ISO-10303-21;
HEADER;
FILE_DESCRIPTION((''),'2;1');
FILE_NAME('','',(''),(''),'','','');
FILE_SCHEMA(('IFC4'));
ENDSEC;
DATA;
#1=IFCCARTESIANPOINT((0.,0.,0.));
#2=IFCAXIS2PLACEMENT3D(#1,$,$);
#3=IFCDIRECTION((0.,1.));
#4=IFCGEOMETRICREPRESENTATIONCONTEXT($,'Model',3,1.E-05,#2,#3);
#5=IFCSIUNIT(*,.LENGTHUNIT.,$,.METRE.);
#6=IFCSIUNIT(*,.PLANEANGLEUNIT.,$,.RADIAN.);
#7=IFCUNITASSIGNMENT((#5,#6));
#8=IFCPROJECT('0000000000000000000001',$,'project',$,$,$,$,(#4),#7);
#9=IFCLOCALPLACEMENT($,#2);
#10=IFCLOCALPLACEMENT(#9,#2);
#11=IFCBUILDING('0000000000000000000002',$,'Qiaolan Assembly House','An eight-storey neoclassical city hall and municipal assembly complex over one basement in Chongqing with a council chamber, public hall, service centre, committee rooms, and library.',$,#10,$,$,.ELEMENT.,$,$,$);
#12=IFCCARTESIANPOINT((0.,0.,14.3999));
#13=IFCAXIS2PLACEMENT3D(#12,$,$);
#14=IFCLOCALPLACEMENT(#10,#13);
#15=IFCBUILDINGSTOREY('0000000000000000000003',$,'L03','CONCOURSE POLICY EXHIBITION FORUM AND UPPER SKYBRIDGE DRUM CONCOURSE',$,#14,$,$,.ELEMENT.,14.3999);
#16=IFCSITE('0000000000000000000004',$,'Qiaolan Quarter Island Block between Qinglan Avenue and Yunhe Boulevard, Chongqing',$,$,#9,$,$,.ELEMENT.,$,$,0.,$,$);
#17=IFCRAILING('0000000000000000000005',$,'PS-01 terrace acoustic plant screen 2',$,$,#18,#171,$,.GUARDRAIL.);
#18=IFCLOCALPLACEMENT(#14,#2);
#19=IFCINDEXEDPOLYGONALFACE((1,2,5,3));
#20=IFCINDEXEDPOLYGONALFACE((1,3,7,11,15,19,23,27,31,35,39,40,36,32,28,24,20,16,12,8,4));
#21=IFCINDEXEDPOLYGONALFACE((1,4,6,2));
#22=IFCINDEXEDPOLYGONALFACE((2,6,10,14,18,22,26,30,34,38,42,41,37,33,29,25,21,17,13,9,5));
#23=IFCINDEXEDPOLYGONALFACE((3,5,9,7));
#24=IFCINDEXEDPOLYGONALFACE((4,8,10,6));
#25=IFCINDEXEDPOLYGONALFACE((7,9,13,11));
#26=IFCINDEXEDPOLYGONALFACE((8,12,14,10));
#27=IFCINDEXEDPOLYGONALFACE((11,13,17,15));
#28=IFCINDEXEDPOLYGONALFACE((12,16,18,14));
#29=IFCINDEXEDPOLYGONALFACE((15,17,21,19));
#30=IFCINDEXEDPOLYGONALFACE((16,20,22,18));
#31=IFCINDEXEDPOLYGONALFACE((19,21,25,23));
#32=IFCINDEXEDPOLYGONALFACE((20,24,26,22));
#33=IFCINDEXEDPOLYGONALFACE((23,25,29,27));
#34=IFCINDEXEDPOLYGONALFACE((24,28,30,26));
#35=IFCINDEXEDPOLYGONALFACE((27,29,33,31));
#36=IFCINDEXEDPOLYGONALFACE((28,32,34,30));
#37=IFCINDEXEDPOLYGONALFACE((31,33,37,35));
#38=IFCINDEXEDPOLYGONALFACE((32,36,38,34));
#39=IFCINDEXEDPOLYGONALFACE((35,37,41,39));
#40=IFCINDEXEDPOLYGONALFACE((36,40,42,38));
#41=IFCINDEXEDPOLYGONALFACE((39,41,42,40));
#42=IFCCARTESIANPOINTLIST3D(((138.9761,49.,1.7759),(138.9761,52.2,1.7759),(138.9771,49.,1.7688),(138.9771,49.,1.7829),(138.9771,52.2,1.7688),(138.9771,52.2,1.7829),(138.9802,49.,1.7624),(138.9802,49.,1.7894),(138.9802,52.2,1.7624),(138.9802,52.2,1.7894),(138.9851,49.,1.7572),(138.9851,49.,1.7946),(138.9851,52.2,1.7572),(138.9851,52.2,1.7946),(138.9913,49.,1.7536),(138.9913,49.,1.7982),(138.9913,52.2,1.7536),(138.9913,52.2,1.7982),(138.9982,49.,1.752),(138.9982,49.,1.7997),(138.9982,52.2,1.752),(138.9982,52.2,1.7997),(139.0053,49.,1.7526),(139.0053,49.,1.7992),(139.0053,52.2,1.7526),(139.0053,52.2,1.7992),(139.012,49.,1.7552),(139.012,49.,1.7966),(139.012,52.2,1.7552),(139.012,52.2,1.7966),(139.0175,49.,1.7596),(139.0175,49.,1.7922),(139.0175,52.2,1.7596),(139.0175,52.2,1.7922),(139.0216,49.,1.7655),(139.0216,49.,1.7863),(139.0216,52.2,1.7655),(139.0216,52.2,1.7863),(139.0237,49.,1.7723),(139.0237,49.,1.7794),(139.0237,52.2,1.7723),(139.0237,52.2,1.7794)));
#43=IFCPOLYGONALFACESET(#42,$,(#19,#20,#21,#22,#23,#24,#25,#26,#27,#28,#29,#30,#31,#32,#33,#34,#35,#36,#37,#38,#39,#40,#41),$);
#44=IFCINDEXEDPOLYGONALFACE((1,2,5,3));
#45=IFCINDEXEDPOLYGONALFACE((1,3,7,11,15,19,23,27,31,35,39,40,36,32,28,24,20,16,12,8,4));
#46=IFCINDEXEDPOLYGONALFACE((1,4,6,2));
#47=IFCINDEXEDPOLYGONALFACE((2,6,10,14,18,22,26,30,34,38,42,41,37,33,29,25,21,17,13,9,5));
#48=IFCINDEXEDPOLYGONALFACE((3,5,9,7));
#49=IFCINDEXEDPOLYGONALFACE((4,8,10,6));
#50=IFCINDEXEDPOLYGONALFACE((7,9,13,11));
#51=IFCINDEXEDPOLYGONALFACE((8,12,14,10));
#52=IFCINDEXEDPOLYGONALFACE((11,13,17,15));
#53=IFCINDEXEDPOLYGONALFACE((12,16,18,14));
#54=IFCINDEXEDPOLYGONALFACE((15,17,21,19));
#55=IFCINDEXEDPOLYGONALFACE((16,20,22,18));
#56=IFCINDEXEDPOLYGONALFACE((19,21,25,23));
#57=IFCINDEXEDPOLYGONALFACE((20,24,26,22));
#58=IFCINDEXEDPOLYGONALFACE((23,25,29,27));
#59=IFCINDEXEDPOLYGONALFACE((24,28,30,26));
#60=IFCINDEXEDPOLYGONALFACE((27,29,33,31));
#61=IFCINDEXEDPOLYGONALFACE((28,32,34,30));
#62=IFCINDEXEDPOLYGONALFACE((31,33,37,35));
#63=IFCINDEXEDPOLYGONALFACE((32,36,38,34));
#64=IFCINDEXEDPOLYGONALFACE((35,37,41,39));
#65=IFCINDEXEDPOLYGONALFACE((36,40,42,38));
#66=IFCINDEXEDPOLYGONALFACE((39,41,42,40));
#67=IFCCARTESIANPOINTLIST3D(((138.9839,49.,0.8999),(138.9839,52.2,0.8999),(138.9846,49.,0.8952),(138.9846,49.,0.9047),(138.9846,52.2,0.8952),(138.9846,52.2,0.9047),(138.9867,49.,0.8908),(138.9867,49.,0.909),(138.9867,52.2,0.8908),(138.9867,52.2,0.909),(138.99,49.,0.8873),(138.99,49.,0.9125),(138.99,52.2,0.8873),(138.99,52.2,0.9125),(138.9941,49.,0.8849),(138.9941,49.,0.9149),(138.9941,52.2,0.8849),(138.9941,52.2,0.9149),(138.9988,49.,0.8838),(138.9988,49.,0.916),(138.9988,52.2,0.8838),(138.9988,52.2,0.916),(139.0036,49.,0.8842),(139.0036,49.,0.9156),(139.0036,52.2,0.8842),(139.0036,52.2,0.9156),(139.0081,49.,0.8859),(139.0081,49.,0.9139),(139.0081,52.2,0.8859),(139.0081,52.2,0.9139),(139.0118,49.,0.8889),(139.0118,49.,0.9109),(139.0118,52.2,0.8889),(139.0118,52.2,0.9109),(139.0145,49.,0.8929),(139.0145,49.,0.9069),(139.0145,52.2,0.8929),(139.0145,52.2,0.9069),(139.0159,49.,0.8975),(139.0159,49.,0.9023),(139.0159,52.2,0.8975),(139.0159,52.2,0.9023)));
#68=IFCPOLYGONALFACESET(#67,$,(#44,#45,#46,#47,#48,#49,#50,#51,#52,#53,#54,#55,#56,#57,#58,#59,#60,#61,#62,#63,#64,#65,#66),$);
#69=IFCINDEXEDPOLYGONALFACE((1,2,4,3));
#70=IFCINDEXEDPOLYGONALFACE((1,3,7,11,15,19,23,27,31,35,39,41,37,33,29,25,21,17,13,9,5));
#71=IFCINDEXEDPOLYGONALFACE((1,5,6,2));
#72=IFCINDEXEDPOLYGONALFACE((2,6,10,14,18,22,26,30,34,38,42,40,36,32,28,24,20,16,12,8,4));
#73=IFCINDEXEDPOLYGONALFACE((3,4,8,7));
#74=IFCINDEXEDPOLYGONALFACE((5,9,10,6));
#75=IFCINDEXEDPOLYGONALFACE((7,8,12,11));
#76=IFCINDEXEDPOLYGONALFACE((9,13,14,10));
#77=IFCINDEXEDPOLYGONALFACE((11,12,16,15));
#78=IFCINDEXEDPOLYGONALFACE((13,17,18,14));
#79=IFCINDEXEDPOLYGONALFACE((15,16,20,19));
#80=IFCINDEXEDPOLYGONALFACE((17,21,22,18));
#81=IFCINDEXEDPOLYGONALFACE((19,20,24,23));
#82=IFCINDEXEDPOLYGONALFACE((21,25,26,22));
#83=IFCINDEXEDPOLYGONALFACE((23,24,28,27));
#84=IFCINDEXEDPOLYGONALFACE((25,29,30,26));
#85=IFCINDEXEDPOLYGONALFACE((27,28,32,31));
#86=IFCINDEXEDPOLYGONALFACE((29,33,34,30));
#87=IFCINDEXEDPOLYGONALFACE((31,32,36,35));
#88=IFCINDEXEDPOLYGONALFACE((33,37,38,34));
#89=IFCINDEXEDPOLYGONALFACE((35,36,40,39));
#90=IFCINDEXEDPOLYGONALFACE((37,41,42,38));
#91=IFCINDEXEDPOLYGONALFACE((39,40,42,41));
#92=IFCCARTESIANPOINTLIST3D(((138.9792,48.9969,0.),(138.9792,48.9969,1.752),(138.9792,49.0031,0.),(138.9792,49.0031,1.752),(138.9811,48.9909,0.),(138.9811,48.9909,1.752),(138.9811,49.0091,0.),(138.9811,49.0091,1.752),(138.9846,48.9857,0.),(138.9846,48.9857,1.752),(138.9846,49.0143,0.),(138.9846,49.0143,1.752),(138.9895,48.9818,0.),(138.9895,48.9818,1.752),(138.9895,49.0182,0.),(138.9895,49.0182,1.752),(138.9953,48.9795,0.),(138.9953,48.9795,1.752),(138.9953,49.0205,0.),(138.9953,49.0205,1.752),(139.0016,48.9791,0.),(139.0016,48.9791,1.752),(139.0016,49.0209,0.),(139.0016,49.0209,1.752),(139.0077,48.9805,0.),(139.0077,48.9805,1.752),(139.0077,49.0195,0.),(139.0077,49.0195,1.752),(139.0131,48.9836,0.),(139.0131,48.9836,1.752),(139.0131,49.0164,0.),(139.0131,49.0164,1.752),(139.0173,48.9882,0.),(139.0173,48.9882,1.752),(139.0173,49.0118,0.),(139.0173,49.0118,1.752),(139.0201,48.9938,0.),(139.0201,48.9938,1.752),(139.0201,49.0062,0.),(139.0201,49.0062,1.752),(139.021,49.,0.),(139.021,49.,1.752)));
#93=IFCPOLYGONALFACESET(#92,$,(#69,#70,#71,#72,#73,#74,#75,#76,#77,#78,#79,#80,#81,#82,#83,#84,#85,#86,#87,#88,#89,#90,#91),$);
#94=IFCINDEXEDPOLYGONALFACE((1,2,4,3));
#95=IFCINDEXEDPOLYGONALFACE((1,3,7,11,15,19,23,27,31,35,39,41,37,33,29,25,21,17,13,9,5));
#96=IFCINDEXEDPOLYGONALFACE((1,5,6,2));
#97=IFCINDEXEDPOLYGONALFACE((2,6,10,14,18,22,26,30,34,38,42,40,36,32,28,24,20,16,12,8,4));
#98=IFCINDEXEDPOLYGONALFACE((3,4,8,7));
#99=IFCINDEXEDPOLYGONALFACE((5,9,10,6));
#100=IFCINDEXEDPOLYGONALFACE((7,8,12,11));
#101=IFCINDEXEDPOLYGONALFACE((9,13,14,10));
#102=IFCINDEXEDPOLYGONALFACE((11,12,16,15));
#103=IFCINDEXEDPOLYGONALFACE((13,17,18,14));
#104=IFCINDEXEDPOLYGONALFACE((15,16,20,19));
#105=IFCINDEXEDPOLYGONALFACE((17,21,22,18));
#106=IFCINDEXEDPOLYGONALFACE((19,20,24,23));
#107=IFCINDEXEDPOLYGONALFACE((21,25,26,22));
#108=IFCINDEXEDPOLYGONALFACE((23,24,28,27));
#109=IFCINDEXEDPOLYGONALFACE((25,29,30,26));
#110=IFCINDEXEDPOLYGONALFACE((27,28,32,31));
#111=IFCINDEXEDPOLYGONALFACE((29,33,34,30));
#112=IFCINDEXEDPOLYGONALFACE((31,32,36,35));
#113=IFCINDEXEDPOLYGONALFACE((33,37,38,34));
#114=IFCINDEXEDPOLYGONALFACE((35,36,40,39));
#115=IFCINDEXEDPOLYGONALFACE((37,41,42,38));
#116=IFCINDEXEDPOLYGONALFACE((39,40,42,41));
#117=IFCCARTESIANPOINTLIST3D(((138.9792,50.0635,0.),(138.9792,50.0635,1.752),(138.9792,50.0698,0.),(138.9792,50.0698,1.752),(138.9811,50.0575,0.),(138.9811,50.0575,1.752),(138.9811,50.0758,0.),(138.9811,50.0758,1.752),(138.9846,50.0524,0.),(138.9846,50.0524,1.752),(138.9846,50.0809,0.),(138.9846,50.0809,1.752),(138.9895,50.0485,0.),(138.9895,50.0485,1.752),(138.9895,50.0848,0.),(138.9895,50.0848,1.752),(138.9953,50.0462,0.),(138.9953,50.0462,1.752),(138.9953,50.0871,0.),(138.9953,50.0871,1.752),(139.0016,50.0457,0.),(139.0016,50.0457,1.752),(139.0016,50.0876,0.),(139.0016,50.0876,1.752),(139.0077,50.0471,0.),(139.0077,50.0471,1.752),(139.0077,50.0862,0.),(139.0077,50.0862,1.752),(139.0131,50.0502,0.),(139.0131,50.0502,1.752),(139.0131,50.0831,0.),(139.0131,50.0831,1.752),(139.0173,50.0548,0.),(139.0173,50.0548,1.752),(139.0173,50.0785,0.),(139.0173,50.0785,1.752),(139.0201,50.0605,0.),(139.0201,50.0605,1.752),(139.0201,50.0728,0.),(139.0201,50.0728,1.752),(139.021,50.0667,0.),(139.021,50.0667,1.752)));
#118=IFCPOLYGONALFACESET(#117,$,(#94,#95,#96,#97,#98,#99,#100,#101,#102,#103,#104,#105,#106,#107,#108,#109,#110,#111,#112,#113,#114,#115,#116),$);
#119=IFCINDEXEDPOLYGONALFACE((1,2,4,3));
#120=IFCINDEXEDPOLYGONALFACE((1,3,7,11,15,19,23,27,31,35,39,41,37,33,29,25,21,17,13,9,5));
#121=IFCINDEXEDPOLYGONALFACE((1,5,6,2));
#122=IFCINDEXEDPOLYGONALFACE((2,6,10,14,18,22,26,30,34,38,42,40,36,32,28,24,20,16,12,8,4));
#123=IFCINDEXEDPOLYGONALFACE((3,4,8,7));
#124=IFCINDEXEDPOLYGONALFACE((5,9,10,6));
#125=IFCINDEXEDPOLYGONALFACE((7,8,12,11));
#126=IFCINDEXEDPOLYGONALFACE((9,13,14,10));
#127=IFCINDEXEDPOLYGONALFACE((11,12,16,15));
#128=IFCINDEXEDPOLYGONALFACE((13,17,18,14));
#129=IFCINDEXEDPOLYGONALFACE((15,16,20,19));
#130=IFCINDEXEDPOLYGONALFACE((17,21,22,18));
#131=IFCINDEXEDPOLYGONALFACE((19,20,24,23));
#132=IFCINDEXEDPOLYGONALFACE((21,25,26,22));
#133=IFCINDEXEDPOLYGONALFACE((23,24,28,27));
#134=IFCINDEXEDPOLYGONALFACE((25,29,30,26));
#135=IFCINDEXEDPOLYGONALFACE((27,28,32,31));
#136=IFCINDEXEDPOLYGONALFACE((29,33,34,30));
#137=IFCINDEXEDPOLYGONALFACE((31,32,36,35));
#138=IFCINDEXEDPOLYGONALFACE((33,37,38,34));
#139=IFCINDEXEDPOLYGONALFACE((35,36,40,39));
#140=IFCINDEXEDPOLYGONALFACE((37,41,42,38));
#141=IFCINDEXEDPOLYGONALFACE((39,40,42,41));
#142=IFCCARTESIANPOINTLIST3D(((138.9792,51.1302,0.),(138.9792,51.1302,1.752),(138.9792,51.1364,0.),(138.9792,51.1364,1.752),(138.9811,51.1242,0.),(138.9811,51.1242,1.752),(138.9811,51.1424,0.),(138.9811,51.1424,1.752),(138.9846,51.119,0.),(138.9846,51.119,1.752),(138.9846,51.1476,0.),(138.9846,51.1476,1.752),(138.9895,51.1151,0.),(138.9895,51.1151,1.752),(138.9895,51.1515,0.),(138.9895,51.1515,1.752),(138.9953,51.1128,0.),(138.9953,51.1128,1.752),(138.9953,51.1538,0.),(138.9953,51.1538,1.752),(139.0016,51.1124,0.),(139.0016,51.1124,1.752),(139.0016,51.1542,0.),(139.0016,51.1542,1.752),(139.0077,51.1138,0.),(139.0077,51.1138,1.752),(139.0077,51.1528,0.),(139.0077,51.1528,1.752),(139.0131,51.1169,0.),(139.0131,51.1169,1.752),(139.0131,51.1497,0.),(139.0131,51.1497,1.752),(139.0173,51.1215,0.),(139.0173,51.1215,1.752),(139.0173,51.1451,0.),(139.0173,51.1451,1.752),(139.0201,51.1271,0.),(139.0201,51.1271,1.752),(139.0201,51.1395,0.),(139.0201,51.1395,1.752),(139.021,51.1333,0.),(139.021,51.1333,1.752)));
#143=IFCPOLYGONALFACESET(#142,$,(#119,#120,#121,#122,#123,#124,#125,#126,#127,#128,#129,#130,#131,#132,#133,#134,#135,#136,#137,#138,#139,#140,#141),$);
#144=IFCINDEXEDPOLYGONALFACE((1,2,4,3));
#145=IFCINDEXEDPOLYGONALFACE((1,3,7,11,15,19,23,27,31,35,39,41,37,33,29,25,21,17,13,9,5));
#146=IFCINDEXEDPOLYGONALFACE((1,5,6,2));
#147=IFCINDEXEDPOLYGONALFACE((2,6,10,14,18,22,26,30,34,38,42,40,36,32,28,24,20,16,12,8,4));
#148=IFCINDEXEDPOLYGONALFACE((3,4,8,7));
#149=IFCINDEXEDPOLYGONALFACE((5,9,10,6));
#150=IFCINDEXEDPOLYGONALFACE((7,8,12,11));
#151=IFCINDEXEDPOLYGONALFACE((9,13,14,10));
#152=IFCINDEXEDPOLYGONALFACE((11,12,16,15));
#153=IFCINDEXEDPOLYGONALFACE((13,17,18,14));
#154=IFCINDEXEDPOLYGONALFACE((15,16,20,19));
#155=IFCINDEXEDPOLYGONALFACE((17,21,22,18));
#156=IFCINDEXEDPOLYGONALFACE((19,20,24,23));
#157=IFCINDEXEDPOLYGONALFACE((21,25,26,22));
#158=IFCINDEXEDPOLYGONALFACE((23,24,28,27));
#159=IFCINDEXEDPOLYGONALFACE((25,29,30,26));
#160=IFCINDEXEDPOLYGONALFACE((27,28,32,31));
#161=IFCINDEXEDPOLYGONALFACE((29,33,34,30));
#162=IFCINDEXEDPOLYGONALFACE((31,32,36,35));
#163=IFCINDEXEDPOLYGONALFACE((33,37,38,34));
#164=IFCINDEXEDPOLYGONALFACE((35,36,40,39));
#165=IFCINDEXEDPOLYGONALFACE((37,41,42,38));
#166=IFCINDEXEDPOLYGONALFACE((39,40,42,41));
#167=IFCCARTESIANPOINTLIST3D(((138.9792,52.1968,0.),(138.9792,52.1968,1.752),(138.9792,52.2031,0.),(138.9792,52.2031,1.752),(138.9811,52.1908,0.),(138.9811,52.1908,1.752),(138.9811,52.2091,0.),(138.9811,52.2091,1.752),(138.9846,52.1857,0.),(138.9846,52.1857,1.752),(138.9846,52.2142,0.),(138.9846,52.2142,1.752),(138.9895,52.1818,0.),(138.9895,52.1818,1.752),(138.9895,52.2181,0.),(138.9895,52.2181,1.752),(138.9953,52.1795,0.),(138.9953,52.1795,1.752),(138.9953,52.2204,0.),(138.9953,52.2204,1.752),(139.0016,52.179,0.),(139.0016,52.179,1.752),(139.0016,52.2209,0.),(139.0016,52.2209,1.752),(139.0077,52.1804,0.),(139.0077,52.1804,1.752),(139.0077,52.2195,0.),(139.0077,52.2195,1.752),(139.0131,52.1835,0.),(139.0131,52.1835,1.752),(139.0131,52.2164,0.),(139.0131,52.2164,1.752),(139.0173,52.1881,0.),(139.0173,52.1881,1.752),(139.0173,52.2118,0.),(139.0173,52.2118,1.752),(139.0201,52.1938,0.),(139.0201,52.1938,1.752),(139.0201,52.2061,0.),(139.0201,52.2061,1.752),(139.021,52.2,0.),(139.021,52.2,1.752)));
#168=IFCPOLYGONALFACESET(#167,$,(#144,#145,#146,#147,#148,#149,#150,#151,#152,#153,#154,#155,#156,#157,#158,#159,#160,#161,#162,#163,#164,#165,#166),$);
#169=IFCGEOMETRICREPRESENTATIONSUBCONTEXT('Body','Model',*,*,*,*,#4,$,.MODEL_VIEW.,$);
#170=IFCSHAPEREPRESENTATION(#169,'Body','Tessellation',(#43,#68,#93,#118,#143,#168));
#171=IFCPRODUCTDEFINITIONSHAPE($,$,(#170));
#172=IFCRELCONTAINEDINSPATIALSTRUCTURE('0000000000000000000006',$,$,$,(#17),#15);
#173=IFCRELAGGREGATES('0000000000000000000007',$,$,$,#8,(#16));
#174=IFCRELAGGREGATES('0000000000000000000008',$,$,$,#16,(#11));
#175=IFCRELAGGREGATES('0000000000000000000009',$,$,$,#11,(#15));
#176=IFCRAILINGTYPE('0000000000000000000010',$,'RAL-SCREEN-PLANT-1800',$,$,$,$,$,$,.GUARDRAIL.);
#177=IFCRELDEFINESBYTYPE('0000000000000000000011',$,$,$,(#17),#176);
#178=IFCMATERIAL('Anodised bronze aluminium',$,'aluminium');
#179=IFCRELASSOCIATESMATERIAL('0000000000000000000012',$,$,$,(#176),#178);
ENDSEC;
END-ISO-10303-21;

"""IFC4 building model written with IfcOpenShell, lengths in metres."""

from ifc_helpers import new_model, si_unit, direction, frame, origin, origin_2d, place, context, subcontext, project, spatial, circle, extrude, material, type_object, element, save


model = new_model("IFC4")

# Units and contexts
model_context = context("Model", 3, precision=1e-05, world=origin(), true_north=direction((0.0, 1.0)))
body_context = subcontext(model_context, "Body", "Model", "MODEL_VIEW")
ifc_project = project(units=[si_unit("LENGTHUNIT", "METRE"), si_unit("PLANEANGLEUNIT", "RADIAN")], contexts=[model_context])

# Site, building, storey
site_placement = place(None, origin())
site = spatial("IfcSite", under=ifc_project, at=site_placement, Name="Qiaolan Quarter Island Block between Qinglan Avenue and Yunhe Boulevard, Chongqing", CompositionType="ELEMENT", RefElevation=0.0)
building_placement = place(site_placement, origin())
building = spatial("IfcBuilding", under=site, at=building_placement, Name="Qiaolan Assembly House", Description="An eight-storey neoclassical city hall and municipal assembly complex over one basement in Chongqing with a council chamber, public hall, service centre, committee rooms, and library.", CompositionType="ELEMENT")
storey_placement = place(building_placement, frame((0.0, 0.0, 14.3999)))
storey = spatial("IfcBuildingStorey", under=building, at=storey_placement, Name="L03", Description="CONCOURSE POLICY EXHIBITION FORUM AND UPPER SKYBRIDGE DRUM CONCOURSE", CompositionType="ELEMENT", Elevation=14.3999)

# Railing
ifc_material_1 = material(Name="Anodised bronze aluminium", Category="aluminium")
railing_type_1 = type_object("IfcRailingType", Name="RAL-SCREEN-PLANT-1800", PredefinedType="GUARDRAIL", material=ifc_material_1)
for number, where, name in (
    (1, (139.0, 49.0, 0.0), "PS-01 terrace acoustic plant screen 2"),
):
    element("IfcRailing", number, at=place(storey_placement, frame(where)), inside=storey, type_object=railing_type_1, Name=name, PredefinedType="GUARDRAIL", context=body_context, shape_type="SweptSolid", body=[
        extrude(circle(Radius=0.0239, at=origin_2d()), frame((0.0, 0.0, 1.7759), z_axis=(0.0, 1.0, 0.0), x_axis=(-1.0, 0.0, 0.0)), (0.0, 0.0, 1.0), 3.2),
        extrude(circle(Radius=0.0161, at=origin_2d()), frame((0.0, 0.0, 0.8999), z_axis=(0.0, 1.0, 0.0), x_axis=(-1.0, 0.0, 0.0)), (0.0, 0.0, 1.0), 3.2),
        extrude(circle(Radius=0.021, at=origin_2d()), origin(), (0.0, 0.0, 1.0), 1.752),
        extrude(circle(Radius=0.021, at=origin_2d()), frame((0.0, 1.0667, 0.0)), (0.0, 0.0, 1.0), 1.752),
        extrude(circle(Radius=0.021, at=origin_2d()), frame((0.0, 2.1333, 0.0)), (0.0, 0.0, 1.0), 1.752),
        extrude(circle(Radius=0.021, at=origin_2d()), frame((0.0, 3.2, 0.0)), (0.0, 0.0, 1.0), 1.752),
    ])

save(model, "model.ifc")
